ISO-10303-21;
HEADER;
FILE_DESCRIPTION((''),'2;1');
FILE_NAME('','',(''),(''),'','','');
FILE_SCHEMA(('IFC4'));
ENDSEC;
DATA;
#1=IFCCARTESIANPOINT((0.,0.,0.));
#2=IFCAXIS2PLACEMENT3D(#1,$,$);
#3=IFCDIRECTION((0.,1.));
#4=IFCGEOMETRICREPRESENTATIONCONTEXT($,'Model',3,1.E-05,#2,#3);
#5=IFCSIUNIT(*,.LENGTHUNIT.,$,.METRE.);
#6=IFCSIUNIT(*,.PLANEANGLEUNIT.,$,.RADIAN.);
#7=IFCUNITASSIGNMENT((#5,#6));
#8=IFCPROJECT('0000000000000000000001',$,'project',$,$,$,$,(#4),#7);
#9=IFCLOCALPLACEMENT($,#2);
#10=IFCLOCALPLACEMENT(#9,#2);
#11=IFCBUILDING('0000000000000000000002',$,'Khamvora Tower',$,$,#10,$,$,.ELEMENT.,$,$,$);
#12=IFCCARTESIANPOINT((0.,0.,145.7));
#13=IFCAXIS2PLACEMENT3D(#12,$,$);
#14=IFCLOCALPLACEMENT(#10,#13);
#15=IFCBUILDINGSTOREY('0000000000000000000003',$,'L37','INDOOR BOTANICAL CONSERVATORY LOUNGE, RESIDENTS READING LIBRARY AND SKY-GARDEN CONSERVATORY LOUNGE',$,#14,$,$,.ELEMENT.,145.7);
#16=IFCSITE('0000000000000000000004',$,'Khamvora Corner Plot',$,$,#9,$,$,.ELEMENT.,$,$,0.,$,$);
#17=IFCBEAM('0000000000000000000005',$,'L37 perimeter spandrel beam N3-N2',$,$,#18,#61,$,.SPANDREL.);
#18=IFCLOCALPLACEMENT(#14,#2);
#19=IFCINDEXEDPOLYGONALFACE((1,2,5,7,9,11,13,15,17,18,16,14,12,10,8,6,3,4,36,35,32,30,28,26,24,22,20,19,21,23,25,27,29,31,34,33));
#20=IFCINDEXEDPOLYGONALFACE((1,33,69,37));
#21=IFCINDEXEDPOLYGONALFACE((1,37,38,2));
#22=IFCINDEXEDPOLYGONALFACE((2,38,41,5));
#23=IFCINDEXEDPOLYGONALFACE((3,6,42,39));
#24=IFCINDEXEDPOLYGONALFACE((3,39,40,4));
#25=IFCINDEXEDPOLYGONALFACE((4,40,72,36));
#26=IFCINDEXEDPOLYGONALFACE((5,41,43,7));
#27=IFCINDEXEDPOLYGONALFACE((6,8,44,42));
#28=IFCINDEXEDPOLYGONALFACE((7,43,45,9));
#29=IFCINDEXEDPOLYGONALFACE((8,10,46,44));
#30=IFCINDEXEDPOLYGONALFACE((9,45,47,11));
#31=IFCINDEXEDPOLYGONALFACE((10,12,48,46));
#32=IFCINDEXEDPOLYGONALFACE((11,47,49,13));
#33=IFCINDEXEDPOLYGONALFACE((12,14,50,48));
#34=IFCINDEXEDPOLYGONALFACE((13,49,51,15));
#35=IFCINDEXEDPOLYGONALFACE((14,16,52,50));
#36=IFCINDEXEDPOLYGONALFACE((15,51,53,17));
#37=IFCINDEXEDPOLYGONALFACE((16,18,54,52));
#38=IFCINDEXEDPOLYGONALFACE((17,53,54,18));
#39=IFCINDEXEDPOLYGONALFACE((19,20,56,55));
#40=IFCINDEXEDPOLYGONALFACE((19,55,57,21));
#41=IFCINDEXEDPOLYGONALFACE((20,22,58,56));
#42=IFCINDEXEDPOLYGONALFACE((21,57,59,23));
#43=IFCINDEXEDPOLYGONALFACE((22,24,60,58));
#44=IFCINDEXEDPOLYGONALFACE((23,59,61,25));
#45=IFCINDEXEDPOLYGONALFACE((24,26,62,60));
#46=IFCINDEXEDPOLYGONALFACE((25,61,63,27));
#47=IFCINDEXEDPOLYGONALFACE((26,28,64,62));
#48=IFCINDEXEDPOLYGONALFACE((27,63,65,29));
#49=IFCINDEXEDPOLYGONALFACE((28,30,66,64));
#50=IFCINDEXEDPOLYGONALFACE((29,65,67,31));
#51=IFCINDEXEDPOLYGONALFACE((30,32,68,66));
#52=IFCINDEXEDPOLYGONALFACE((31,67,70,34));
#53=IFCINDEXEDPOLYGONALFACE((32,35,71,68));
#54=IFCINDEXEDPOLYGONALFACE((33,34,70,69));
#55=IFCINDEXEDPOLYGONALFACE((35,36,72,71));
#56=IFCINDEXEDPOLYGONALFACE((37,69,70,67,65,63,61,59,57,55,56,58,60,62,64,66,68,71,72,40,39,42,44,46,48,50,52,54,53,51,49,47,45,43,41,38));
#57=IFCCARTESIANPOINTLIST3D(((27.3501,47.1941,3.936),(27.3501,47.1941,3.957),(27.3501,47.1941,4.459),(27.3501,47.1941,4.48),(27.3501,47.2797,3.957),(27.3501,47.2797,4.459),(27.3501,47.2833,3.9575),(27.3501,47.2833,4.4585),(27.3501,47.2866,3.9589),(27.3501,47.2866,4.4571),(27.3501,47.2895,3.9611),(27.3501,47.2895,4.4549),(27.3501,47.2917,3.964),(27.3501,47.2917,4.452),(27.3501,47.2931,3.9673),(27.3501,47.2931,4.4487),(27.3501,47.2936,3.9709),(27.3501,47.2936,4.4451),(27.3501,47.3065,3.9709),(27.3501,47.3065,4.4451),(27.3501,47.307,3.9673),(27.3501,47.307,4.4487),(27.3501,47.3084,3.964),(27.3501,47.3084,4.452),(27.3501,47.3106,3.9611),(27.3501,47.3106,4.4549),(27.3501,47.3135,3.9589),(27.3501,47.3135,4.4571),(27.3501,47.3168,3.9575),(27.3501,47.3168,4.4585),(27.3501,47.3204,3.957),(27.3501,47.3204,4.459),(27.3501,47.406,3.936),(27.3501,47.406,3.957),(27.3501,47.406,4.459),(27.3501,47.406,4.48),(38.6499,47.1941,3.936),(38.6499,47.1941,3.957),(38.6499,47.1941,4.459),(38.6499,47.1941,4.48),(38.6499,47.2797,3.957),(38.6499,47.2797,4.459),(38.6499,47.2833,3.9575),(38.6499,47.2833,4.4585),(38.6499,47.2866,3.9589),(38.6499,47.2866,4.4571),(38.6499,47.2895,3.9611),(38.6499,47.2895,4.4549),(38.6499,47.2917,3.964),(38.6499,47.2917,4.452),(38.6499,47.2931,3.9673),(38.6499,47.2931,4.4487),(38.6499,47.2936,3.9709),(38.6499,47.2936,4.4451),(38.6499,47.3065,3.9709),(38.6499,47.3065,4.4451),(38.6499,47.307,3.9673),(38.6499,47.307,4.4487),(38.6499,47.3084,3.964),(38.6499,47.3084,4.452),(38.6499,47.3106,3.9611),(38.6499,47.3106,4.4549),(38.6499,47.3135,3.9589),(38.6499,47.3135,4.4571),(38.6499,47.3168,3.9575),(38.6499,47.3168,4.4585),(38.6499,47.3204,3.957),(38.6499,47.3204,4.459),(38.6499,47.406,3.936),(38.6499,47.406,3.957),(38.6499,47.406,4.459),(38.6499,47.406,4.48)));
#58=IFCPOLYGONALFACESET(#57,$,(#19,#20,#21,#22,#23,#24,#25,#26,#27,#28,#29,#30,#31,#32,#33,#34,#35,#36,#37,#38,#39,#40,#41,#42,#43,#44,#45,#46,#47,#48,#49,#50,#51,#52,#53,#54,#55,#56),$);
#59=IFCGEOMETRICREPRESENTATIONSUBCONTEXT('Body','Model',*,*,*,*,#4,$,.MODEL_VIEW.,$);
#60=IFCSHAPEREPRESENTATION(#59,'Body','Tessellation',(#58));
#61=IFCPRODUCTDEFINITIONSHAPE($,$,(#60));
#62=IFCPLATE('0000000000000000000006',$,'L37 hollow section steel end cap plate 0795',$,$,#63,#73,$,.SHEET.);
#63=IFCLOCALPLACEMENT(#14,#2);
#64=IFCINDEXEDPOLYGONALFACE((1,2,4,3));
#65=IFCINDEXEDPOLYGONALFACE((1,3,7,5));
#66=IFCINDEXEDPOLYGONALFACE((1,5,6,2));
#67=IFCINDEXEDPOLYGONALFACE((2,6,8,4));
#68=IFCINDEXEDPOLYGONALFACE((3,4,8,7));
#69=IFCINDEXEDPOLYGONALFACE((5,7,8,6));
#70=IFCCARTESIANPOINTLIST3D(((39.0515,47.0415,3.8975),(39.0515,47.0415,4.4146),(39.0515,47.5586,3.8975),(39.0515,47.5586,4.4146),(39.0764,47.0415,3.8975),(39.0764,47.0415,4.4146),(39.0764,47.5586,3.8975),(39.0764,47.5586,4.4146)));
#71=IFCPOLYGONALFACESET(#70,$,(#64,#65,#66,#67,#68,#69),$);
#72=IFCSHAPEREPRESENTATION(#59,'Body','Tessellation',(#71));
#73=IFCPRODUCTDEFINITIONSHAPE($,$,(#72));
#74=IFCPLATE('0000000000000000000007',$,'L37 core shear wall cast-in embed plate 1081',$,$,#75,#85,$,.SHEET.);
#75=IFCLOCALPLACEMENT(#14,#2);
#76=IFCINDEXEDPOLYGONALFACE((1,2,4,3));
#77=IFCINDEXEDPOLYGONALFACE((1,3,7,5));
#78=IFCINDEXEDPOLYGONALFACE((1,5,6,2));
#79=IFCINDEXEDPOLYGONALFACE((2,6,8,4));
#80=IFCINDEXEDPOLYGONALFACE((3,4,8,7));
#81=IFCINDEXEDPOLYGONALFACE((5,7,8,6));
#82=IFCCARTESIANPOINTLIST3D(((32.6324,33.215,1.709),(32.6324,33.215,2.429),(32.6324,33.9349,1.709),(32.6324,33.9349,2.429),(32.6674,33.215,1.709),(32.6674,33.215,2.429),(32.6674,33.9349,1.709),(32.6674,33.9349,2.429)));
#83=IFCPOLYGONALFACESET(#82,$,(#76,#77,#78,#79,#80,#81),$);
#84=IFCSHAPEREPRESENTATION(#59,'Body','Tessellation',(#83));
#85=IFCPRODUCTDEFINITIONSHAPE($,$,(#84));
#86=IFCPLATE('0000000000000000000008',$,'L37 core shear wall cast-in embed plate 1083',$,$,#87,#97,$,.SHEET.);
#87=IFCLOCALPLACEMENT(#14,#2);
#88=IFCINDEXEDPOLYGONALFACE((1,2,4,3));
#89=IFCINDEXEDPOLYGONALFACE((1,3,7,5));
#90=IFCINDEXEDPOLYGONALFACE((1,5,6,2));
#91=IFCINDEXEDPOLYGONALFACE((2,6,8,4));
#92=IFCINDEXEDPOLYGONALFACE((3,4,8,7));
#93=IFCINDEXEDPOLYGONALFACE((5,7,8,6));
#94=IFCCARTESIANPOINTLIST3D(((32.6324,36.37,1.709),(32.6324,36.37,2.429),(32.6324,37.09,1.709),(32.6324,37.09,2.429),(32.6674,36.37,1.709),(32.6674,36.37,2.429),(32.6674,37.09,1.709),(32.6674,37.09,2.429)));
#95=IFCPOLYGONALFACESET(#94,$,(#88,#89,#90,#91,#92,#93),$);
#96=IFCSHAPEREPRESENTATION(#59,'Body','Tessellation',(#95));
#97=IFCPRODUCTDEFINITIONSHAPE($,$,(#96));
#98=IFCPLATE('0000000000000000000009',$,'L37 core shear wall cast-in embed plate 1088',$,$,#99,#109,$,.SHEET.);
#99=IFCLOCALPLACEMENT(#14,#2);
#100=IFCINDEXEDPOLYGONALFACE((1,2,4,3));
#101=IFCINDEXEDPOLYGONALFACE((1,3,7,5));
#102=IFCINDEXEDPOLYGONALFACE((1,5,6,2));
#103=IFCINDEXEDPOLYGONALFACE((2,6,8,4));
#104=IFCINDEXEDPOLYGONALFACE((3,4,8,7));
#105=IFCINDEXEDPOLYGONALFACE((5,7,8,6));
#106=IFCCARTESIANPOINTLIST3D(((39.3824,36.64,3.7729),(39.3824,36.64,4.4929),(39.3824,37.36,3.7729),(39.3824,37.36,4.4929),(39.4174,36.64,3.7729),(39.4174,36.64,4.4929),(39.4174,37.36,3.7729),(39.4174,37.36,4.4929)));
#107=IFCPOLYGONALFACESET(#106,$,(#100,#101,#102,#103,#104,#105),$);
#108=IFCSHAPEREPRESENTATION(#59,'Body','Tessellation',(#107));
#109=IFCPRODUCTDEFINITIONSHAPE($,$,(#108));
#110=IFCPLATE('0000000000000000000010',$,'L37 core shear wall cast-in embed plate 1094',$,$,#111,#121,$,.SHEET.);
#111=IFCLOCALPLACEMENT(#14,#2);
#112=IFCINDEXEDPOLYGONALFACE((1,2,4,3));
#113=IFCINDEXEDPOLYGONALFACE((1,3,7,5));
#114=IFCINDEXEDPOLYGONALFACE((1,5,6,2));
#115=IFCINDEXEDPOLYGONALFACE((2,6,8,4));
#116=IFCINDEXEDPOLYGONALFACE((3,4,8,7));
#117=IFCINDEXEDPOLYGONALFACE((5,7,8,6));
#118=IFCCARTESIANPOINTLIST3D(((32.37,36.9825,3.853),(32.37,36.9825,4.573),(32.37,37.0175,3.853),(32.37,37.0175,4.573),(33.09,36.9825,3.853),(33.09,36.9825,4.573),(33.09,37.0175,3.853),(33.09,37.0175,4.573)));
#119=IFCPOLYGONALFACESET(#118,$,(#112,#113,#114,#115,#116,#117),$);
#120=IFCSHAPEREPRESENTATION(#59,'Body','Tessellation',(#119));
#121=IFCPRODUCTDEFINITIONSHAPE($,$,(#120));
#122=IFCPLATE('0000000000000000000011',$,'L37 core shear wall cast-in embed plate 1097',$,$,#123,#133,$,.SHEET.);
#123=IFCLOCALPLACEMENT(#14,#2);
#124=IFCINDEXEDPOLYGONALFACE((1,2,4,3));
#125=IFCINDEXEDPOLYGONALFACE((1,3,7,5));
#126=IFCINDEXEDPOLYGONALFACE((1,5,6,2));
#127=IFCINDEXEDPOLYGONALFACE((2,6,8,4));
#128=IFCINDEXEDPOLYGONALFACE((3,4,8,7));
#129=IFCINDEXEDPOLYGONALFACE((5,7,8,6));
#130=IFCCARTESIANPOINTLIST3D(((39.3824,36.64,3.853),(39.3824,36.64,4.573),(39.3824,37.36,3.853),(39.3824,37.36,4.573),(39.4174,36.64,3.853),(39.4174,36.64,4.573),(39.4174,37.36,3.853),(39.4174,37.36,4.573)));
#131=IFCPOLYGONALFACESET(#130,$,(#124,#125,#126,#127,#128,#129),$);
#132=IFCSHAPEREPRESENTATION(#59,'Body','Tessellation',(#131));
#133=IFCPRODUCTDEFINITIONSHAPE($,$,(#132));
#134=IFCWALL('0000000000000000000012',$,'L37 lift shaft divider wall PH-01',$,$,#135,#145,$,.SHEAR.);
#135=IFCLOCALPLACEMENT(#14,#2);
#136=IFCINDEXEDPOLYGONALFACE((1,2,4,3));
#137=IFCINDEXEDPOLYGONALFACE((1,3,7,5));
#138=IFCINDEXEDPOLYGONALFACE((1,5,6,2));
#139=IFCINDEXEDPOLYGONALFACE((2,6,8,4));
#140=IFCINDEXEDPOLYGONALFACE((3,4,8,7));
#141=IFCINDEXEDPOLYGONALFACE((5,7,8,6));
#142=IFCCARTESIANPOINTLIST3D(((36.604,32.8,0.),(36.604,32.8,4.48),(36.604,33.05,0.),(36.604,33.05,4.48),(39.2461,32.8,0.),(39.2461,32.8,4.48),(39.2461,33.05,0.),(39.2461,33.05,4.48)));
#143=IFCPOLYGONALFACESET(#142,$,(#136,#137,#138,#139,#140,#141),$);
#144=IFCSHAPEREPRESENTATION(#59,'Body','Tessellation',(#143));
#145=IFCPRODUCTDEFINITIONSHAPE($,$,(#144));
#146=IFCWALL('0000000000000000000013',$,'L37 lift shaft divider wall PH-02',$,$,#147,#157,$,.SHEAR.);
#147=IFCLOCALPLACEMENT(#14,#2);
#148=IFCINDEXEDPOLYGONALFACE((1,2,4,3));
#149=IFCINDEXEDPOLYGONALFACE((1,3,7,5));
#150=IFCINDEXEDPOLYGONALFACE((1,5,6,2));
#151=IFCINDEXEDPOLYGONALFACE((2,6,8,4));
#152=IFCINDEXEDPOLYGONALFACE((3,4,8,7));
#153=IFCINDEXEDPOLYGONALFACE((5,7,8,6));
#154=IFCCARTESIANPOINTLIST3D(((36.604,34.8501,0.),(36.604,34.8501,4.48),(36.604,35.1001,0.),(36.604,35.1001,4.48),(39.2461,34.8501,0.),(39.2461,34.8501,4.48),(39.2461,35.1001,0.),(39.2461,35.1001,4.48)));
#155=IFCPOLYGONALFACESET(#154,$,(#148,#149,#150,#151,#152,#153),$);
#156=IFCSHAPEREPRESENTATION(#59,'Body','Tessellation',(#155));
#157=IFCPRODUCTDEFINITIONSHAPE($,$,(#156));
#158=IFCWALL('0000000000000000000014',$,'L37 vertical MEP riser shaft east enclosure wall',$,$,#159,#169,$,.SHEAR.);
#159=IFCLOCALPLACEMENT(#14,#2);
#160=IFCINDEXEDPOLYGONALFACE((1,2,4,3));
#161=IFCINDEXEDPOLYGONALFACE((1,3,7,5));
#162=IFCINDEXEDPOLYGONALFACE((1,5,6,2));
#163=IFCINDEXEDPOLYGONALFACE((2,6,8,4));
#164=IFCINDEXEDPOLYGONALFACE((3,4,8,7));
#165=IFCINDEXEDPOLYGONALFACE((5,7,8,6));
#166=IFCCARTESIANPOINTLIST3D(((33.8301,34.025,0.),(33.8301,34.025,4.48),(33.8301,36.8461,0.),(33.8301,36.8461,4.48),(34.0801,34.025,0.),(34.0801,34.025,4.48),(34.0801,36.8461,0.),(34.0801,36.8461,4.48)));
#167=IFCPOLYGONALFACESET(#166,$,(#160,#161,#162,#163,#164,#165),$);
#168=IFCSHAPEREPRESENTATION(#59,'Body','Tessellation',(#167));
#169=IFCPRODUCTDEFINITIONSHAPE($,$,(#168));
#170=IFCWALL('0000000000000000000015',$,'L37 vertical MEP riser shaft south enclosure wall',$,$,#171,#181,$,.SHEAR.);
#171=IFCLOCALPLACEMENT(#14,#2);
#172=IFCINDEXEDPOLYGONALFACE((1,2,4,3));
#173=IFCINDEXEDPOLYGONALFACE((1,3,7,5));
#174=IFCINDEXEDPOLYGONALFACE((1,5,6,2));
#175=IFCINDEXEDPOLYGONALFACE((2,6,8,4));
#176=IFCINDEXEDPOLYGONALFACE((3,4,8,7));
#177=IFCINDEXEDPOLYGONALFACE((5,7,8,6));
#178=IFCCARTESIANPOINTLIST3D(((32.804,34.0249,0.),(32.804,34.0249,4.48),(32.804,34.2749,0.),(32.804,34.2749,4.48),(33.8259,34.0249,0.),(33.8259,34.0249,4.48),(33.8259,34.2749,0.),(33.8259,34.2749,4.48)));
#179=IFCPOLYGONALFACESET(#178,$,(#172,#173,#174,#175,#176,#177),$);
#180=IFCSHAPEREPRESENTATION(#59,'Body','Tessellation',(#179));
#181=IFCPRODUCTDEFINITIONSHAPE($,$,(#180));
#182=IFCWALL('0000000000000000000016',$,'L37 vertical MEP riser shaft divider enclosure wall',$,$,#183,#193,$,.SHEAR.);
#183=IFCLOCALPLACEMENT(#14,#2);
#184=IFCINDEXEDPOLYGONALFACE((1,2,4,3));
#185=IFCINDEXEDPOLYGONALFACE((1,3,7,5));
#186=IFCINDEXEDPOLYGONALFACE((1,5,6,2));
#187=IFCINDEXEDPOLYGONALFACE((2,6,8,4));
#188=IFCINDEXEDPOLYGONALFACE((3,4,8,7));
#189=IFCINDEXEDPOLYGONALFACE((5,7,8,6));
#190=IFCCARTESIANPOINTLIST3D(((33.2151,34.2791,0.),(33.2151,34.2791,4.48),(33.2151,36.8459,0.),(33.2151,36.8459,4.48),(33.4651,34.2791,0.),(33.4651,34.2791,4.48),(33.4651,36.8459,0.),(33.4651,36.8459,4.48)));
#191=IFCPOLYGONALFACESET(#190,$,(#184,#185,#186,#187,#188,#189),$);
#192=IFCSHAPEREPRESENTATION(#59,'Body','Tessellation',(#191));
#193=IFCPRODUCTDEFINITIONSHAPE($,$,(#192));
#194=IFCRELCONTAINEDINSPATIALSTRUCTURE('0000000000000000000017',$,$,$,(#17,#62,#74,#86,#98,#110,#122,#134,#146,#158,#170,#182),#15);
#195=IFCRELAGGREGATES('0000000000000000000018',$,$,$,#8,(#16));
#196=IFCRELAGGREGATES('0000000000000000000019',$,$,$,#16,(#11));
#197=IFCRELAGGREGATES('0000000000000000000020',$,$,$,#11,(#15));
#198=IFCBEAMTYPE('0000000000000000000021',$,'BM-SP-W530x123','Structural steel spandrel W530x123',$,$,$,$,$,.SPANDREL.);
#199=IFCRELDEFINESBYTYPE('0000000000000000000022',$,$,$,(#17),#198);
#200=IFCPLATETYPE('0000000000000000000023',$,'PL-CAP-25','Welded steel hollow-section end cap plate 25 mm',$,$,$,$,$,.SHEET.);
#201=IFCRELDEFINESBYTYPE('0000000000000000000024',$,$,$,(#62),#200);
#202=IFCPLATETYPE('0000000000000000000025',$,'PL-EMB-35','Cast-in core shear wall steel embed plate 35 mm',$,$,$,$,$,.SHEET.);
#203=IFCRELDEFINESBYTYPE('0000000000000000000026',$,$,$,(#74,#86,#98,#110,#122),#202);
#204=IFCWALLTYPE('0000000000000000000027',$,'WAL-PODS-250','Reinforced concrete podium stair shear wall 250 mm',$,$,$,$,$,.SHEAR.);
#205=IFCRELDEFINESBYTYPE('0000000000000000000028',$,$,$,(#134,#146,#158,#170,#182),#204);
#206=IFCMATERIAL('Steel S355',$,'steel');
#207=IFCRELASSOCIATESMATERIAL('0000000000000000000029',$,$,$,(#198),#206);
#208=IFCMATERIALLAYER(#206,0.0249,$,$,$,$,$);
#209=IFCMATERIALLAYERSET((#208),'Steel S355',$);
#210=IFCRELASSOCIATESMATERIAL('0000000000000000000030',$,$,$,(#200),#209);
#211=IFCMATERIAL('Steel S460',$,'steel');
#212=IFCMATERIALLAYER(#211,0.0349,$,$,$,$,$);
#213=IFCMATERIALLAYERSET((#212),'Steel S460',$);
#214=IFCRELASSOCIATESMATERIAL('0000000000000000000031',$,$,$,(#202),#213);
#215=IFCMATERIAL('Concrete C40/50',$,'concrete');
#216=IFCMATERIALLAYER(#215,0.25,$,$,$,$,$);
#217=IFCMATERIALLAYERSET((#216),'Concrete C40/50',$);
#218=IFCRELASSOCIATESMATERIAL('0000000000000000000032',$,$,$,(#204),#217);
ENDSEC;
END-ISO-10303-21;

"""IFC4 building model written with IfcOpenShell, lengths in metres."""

from ifc_helpers import new_model, si_unit, direction, frame, frame_2d, origin, origin_2d, place, context, subcontext, project, spatial, rectangle, i_section, extrude, material, layer, layer_set, material_profile, profile_set, type_object, element, save


model = new_model("IFC4")

# Units and contexts
model_context = context("Model", 3, precision=1e-05, world=origin(), true_north=direction((0.0, 1.0)))
body_context = subcontext(model_context, "Body", "Model", "MODEL_VIEW")
ifc_project = project(units=[si_unit("LENGTHUNIT", "METRE"), si_unit("PLANEANGLEUNIT", "RADIAN")], contexts=[model_context])

# Site, building, storey
site_placement = place(None, origin())
site = spatial("IfcSite", under=ifc_project, at=site_placement, Name="Khamvora Corner Plot", CompositionType="ELEMENT", RefElevation=0.0)
building_placement = place(site_placement, origin())
building = spatial("IfcBuilding", under=site, at=building_placement, Name="Khamvora Tower", CompositionType="ELEMENT")
storey_placement = place(building_placement, frame((0.0, 0.0, 145.7)))
storey = spatial("IfcBuildingStorey", under=building, at=storey_placement, Name="L37", Description="INDOOR BOTANICAL CONSERVATORY LOUNGE, RESIDENTS READING LIBRARY AND SKY-GARDEN CONSERVATORY LOUNGE", CompositionType="ELEMENT", Elevation=145.7)

# Shared definitions
ifc_material_1 = material(Name="Steel S460", Category="steel")
ifc_material_2 = material(Name="Steel S355", Category="steel")

# Beam
ifc_material_profile_1 = material_profile(ifc_material_2, i_section(OverallWidth=0.2119, OverallDepth=0.5439, WebThickness=0.0129, FlangeThickness=0.021, FilletRadius=0.0139, at=origin_2d()), Name="W530x123")
ifc_profile_set_1 = profile_set([ifc_material_profile_1], Name="Steel S355")
beam_type_1 = type_object("IfcBeamType", Name="BM-SP-W530x123", Description="Structural steel spandrel W530x123", PredefinedType="SPANDREL", material=ifc_profile_set_1)
beam_1_placement = place(storey_placement, frame((38.6499, 47.3, 4.208), z_axis=(-1.0, 0.0, 0.0), x_axis=(0.0, -1.0, 0.0)))
element("IfcBeam", 1, at=beam_1_placement, inside=storey, type_object=beam_type_1, Name="L37 perimeter spandrel beam N3-N2", PredefinedType="SPANDREL", context=body_context, shape_type="SweptSolid", body=[
    extrude(i_section(OverallWidth=0.2119, OverallDepth=0.5439, WebThickness=0.0129, FlangeThickness=0.021, FilletRadius=0.0139, at=origin_2d()), origin(), (0.0, 0.0, 1.0), 11.2998),
])

# Plates
ifc_layer_1 = layer(ifc_material_2, 0.0249)
ifc_layer_set_1 = layer_set([ifc_layer_1], Name="Steel S355")
plate_type_1 = type_object("IfcPlateType", Name="PL-CAP-25", Description="Welded steel hollow-section end cap plate 25 mm", PredefinedType="SHEET", material=ifc_layer_set_1)
plate_1_placement = place(storey_placement, frame((39.064, 47.3, 3.8975), z_axis=(0.0, 0.0, 1.0), x_axis=(-1.0, 0.0, 0.0)))
element("IfcPlate", 2, at=plate_1_placement, inside=storey, type_object=plate_type_1, Name="L37 hollow section steel end cap plate 0795", PredefinedType="SHEET", context=body_context, shape_type="SweptSolid", body=[
    extrude(rectangle(XDim=0.0249, YDim=0.5171, at=origin_2d()), origin(), (0.0, 0.0, 1.0), 0.5171),
])
ifc_layer_2 = layer(ifc_material_1, 0.0349)
ifc_layer_set_2 = layer_set([ifc_layer_2], Name="Steel S460")
plate_type_2 = type_object("IfcPlateType", Name="PL-EMB-35", Description="Cast-in core shear wall steel embed plate 35 mm", PredefinedType="SHEET", material=ifc_layer_set_2)
for number, where, z_axis, x_axis, name in (
    (3, (32.6499, 33.575, 1.709), (0.0, 0.0, 1.0), (1.0, 0.0, 0.0), "L37 core shear wall cast-in embed plate 1081"),
    (4, (32.6499, 36.73, 1.709), (0.0, 0.0, 1.0), (1.0, 0.0, 0.0), "L37 core shear wall cast-in embed plate 1083"),
    (5, (39.3999, 37.0, 3.7729), (0.0, 0.0, 1.0), (1.0, 0.0, 0.0), "L37 core shear wall cast-in embed plate 1088"),
):
    element("IfcPlate", number, at=place(storey_placement, frame(where, z_axis=z_axis, x_axis=x_axis)), inside=storey, type_object=plate_type_2, Name=name, PredefinedType="SHEET", context=body_context, shape_type="SweptSolid", body=[
        extrude(rectangle(XDim=0.0349, YDim=0.72, at=origin_2d()), origin(), (0.0, 0.0, 1.0), 0.72),
    ])
plate_2_placement = place(storey_placement, frame((32.73, 37.0, 3.853), z_axis=(0.0, 0.0, 1.0), x_axis=(1.0, 0.0, 0.0)))
element("IfcPlate", 6, at=plate_2_placement, inside=storey, type_object=plate_type_2, Name="L37 core shear wall cast-in embed plate 1094", PredefinedType="SHEET", context=body_context, shape_type="SweptSolid", body=[
    extrude(rectangle(XDim=0.72, YDim=0.0349, at=origin_2d()), origin(), (0.0, 0.0, 1.0), 0.72),
])
plate_3_placement = place(storey_placement, frame((39.3999, 37.0, 3.853), z_axis=(0.0, 0.0, 1.0), x_axis=(1.0, 0.0, 0.0)))
element("IfcPlate", 7, at=plate_3_placement, inside=storey, type_object=plate_type_2, Name="L37 core shear wall cast-in embed plate 1097", PredefinedType="SHEET", context=body_context, shape_type="SweptSolid", body=[
    extrude(rectangle(XDim=0.0349, YDim=0.72, at=origin_2d()), origin(), (0.0, 0.0, 1.0), 0.72),
])

# Walls
ifc_material_3 = material(Name="Concrete C40/50", Category="concrete")
ifc_layer_3 = layer(ifc_material_3, 0.25)
ifc_layer_set_3 = layer_set([ifc_layer_3], Name="Concrete C40/50")
wall_type_1 = type_object("IfcWallType", Name="WAL-PODS-250", Description="Reinforced concrete podium stair shear wall 250 mm", PredefinedType="SHEAR", material=ifc_layer_set_3)
for number, where, z_axis, x_axis, name in (
    (8, (36.604, 32.925, 0.0), (0.0, 0.0, 1.0), (1.0, 0.0, 0.0), "L37 lift shaft divider wall PH-01"),
    (9, (36.604, 34.9751, 0.0), (0.0, 0.0, 1.0), (1.0, 0.0, 0.0), "L37 lift shaft divider wall PH-02"),
):
    element("IfcWall", number, at=place(storey_placement, frame(where, z_axis=z_axis, x_axis=x_axis)), inside=storey, type_object=wall_type_1, Name=name, PredefinedType="SHEAR", context=body_context, shape_type="SweptSolid", body=[
        extrude(rectangle(XDim=2.6421, YDim=0.25, at=frame_2d((1.321, 0.0))), origin(), (0.0, 0.0, 1.0), 4.48),
    ])
wall_1_placement = place(storey_placement, frame((33.9551, 34.0249, 0.0), z_axis=(0.0, 0.0, 1.0), x_axis=(0.0, 1.0, 0.0)))
element("IfcWall", 10, at=wall_1_placement, inside=storey, type_object=wall_type_1, Name="L37 vertical MEP riser shaft east enclosure wall", PredefinedType="SHEAR", context=body_context, shape_type="SweptSolid", body=[
    extrude(rectangle(XDim=2.821, YDim=0.25, at=frame_2d((1.4106, 0.0))), origin(), (0.0, 0.0, 1.0), 4.48),
])
wall_2_placement = place(storey_placement, frame((32.804, 34.1499, 0.0), z_axis=(0.0, 0.0, 1.0), x_axis=(1.0, 0.0, 0.0)))
element("IfcWall", 11, at=wall_2_placement, inside=storey, type_object=wall_type_1, Name="L37 vertical MEP riser shaft south enclosure wall", PredefinedType="SHEAR", context=body_context, shape_type="SweptSolid", body=[
    extrude(rectangle(XDim=1.022, YDim=0.25, at=frame_2d((0.511, 0.0))), origin(), (0.0, 0.0, 1.0), 4.48),
])
wall_3_placement = place(storey_placement, frame((33.3401, 34.2791, 0.0), z_axis=(0.0, 0.0, 1.0), x_axis=(0.0, 1.0, 0.0)))
element("IfcWall", 12, at=wall_3_placement, inside=storey, type_object=wall_type_1, Name="L37 vertical MEP riser shaft divider enclosure wall", PredefinedType="SHEAR", context=body_context, shape_type="SweptSolid", body=[
    extrude(rectangle(XDim=2.5669, YDim=0.25, at=frame_2d((1.2834, 0.0))), origin(), (0.0, 0.0, 1.0), 4.48),
])

save(model, "model.ifc")
